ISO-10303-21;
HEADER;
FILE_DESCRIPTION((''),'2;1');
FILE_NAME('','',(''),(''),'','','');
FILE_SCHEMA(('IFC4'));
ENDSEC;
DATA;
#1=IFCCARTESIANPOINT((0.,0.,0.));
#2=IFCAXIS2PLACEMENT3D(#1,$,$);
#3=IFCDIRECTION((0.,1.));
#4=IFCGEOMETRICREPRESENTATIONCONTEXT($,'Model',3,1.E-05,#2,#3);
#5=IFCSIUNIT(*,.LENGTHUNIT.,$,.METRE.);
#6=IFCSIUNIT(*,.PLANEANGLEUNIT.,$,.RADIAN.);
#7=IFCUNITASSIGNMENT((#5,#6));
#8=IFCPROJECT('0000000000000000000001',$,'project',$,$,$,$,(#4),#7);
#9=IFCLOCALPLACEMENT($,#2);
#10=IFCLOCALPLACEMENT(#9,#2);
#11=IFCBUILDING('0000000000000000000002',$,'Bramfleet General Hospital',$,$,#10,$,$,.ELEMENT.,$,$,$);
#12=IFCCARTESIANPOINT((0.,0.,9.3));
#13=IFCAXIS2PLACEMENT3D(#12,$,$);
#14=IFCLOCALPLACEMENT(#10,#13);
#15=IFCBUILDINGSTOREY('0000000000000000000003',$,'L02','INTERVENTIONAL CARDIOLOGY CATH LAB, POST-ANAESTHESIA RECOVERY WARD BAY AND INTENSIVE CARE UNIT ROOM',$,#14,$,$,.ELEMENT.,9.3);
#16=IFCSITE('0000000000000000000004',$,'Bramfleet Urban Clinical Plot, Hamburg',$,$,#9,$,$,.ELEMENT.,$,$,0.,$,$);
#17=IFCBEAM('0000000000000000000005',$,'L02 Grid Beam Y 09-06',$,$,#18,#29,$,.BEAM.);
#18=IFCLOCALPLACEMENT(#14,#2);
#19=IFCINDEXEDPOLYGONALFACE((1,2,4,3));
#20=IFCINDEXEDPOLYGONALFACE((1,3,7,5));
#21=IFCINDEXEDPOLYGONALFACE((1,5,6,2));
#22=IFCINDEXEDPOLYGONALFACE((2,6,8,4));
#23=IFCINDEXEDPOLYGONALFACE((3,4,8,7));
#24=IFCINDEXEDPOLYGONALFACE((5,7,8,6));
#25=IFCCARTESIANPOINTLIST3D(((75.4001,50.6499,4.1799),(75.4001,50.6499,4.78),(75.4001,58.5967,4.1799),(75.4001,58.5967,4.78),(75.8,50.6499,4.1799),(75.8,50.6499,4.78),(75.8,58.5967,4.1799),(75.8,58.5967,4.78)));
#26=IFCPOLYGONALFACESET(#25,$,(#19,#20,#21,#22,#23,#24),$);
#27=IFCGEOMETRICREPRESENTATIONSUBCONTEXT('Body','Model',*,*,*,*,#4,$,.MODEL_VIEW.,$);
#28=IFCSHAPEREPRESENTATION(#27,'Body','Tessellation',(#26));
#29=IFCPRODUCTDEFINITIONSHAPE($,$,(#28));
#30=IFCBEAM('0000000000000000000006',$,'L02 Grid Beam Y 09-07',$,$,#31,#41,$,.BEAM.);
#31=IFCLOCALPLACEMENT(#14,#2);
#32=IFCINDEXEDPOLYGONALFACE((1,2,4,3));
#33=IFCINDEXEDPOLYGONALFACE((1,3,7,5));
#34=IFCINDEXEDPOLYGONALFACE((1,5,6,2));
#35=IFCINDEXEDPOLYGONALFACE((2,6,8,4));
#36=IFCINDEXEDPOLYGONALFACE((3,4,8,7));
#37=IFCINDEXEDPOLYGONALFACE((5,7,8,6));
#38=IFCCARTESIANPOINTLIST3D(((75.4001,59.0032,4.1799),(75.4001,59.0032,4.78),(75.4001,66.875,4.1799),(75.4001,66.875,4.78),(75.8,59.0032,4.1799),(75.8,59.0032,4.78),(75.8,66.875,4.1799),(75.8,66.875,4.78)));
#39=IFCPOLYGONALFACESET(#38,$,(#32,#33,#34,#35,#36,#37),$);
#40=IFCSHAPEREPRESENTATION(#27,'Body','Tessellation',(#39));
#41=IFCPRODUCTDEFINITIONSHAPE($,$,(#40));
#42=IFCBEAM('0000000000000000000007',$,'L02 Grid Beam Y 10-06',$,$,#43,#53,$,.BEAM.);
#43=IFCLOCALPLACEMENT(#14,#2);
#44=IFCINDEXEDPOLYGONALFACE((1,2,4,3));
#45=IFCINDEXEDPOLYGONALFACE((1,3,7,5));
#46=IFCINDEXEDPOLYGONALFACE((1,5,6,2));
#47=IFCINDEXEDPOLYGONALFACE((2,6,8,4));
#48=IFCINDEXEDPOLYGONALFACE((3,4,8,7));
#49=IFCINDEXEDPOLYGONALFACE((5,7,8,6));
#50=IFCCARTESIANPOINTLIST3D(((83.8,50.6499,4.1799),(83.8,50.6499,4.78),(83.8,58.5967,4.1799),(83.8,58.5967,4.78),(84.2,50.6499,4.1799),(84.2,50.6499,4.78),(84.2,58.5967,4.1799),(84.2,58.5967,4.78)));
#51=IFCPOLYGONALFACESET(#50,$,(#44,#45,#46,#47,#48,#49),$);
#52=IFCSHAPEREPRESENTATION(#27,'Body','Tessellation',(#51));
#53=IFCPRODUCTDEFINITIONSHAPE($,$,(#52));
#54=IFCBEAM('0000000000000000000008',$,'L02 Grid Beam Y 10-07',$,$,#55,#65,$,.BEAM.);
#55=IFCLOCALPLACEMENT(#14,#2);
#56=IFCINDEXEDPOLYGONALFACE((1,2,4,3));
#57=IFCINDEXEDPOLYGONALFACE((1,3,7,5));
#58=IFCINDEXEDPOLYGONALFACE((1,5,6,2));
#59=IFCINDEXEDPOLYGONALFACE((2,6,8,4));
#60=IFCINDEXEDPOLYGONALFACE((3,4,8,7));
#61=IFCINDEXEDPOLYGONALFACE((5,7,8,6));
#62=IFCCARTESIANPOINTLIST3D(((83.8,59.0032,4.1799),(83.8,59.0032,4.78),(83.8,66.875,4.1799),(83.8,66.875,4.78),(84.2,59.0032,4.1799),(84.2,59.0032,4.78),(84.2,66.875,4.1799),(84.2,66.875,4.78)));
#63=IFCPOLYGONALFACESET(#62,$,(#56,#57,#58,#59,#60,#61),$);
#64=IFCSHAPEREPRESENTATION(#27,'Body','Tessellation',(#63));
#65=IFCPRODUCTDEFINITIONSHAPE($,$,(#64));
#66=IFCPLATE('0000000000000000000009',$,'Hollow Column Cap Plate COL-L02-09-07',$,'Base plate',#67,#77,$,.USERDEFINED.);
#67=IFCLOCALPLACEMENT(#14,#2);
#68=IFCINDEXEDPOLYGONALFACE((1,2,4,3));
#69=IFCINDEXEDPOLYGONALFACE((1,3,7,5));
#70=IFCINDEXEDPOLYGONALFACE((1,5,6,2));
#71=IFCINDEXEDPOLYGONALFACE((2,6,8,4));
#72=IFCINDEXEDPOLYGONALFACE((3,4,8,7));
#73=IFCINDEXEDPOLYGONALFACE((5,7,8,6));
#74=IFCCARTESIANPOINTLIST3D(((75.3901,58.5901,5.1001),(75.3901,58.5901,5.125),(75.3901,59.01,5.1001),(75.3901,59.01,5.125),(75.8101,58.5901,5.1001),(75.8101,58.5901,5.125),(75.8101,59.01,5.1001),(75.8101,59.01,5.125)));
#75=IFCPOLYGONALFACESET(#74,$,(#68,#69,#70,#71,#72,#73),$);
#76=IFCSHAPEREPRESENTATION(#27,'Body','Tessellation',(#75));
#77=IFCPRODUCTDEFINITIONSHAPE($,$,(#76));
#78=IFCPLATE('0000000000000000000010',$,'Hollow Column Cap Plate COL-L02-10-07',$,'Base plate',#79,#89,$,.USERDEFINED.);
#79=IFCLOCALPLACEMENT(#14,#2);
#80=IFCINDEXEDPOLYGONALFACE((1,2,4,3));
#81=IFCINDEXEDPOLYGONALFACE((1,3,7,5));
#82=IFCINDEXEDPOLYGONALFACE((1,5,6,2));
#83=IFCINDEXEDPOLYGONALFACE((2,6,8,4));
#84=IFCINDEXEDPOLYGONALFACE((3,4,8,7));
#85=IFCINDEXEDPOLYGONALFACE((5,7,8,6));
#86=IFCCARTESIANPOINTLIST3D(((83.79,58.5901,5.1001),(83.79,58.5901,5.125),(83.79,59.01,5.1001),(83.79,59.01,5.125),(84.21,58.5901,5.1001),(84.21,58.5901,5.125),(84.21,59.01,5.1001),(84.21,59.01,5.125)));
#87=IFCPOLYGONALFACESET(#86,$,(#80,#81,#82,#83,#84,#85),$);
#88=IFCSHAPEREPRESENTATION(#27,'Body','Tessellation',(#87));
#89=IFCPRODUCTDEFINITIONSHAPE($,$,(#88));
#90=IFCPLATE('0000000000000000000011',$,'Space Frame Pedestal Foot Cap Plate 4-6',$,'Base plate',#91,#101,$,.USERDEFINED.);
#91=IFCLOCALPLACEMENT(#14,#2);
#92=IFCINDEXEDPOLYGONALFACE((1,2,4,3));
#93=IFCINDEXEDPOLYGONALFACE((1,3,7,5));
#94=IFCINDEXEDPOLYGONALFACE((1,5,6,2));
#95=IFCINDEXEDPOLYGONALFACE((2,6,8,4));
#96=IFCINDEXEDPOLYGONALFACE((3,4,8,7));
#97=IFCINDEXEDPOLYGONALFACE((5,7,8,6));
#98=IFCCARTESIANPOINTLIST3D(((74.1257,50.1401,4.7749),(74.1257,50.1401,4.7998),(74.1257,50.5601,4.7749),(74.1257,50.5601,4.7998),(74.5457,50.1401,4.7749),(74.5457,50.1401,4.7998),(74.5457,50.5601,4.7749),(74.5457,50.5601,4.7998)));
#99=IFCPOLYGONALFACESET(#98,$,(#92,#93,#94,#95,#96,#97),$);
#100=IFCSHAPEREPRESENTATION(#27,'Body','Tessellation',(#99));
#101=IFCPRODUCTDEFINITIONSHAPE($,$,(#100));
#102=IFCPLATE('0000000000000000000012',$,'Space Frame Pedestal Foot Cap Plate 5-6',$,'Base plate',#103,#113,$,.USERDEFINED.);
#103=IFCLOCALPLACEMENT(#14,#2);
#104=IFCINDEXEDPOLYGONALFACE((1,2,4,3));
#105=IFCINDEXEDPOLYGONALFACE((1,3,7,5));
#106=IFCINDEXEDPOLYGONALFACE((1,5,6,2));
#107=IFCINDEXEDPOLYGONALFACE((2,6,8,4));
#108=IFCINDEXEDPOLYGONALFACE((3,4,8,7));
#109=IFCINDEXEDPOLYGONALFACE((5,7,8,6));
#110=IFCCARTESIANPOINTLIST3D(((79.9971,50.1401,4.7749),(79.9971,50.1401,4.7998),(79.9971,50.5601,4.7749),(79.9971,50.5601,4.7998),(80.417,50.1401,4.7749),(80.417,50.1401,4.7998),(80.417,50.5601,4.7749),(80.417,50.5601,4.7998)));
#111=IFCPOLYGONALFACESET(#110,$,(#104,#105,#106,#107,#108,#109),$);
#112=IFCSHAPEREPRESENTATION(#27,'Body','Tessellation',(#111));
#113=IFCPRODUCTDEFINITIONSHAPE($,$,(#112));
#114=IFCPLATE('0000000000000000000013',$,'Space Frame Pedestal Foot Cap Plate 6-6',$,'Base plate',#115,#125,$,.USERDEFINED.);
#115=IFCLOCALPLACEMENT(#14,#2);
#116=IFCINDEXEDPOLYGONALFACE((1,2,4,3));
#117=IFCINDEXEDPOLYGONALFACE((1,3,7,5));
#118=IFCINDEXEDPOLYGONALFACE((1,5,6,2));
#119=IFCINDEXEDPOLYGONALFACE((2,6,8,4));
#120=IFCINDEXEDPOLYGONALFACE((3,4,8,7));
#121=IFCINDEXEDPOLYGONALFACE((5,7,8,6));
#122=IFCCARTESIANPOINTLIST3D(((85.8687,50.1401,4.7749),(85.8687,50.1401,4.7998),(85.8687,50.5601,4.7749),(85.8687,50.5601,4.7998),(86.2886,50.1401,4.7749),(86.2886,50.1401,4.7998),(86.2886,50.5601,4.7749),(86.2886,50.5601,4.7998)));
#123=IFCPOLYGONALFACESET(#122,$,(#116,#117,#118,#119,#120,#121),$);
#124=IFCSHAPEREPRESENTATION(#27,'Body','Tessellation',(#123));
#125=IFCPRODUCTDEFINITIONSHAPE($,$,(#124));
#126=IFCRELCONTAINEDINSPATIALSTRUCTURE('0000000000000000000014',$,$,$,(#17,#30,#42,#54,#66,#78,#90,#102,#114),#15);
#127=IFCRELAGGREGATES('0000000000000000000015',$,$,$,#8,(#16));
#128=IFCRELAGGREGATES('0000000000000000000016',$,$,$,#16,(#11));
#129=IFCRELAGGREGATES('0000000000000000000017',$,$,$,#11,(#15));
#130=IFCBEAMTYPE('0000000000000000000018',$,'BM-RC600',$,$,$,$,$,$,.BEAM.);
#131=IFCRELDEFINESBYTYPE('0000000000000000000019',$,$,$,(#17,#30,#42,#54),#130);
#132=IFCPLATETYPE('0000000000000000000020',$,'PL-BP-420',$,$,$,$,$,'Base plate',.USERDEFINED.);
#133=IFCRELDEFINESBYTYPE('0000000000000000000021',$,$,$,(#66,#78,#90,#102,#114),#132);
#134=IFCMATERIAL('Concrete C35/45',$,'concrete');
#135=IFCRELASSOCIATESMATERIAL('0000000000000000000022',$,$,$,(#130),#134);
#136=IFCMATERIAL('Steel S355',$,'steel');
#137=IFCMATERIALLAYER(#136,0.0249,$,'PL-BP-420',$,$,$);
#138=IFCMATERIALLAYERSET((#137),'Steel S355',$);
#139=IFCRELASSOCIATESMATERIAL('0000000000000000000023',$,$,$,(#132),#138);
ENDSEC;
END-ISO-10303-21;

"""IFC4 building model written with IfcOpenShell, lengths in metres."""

from ifc_helpers import new_model, si_unit, direction, frame, origin, origin_2d, place, context, subcontext, project, spatial, rectangle, extrude, material, layer, layer_set, material_profile, profile_set, type_object, element, save


model = new_model("IFC4")

# Units and contexts
model_context = context("Model", 3, precision=1e-05, world=origin(), true_north=direction((0.0, 1.0)))
body_context = subcontext(model_context, "Body", "Model", "MODEL_VIEW")
ifc_project = project(units=[si_unit("LENGTHUNIT", "METRE"), si_unit("PLANEANGLEUNIT", "RADIAN")], contexts=[model_context])

# Site, building, storey
site_placement = place(None, origin())
site = spatial("IfcSite", under=ifc_project, at=site_placement, Name="Bramfleet Urban Clinical Plot, Hamburg", CompositionType="ELEMENT", RefElevation=0.0)
building_placement = place(site_placement, origin())
building = spatial("IfcBuilding", under=site, at=building_placement, Name="Bramfleet General Hospital", CompositionType="ELEMENT")
storey_placement = place(building_placement, frame((0.0, 0.0, 9.3)))
storey = spatial("IfcBuildingStorey", under=building, at=storey_placement, Name="L02", Description="INTERVENTIONAL CARDIOLOGY CATH LAB, POST-ANAESTHESIA RECOVERY WARD BAY AND INTENSIVE CARE UNIT ROOM", CompositionType="ELEMENT", Elevation=9.3)

# Shared definitions
ifc_material_1 = material(Name="Steel S355", Category="steel")

# Beams
ifc_material_2 = material(Name="Concrete C35/45", Category="concrete")
ifc_material_profile_1 = material_profile(ifc_material_2, rectangle(XDim=0.3999, YDim=0.6001, at=origin_2d()), Name="RC BM 600x400")
ifc_profile_set_1 = profile_set([ifc_material_profile_1], Name="Concrete C35/45")
beam_type = type_object("IfcBeamType", Name="BM-RC600", PredefinedType="BEAM", material=ifc_profile_set_1)
beam_1_placement = place(storey_placement, frame((75.6001, 50.6499, 4.48), z_axis=(0.0, 1.0, 0.0), x_axis=(-1.0, 0.0, 0.0)))
element("IfcBeam", 1, at=beam_1_placement, inside=storey, type_object=beam_type, Name="L02 Grid Beam Y 09-06", PredefinedType="BEAM", context=body_context, shape_type="SweptSolid", body=[
    extrude(rectangle(XDim=0.3999, YDim=0.6001, at=origin_2d()), origin(), (0.0, 0.0, 1.0), 7.9468),
])
beam_2_placement = place(storey_placement, frame((75.6001, 59.0032, 4.48), z_axis=(0.0, 1.0, 0.0), x_axis=(-1.0, 0.0, 0.0)))
element("IfcBeam", 2, at=beam_2_placement, inside=storey, type_object=beam_type, Name="L02 Grid Beam Y 09-07", PredefinedType="BEAM", context=body_context, shape_type="SweptSolid", body=[
    extrude(rectangle(XDim=0.3999, YDim=0.6001, at=origin_2d()), origin(), (0.0, 0.0, 1.0), 7.8718),
])
beam_3_placement = place(storey_placement, frame((84.0, 50.6499, 4.48), z_axis=(0.0, 1.0, 0.0), x_axis=(-1.0, 0.0, 0.0)))
element("IfcBeam", 3, at=beam_3_placement, inside=storey, type_object=beam_type, Name="L02 Grid Beam Y 10-06", PredefinedType="BEAM", context=body_context, shape_type="SweptSolid", body=[
    extrude(rectangle(XDim=0.3999, YDim=0.6001, at=origin_2d()), origin(), (0.0, 0.0, 1.0), 7.9468),
])
beam_4_placement = place(storey_placement, frame((84.0, 59.0032, 4.48), z_axis=(0.0, 1.0, 0.0), x_axis=(-1.0, 0.0, 0.0)))
element("IfcBeam", 4, at=beam_4_placement, inside=storey, type_object=beam_type, Name="L02 Grid Beam Y 10-07", PredefinedType="BEAM", context=body_context, shape_type="SweptSolid", body=[
    extrude(rectangle(XDim=0.3999, YDim=0.6001, at=origin_2d()), origin(), (0.0, 0.0, 1.0), 7.8718),
])

# Plates
ifc_layer = layer(ifc_material_1, 0.0249, Name="PL-BP-420")
ifc_layer_set = layer_set([ifc_layer], Name="Steel S355")
plate_type = type_object("IfcPlateType", Name="PL-BP-420", ElementType="Base plate", PredefinedType="USERDEFINED", material=ifc_layer_set)
for number, where, z_axis, x_axis, name in (
    (5, (75.6001, 58.8, 5.1001), (0.0, 0.0, 1.0), (1.0, 0.0, 0.0), "Hollow Column Cap Plate COL-L02-09-07"),
    (6, (84.0, 58.8, 5.1001), (0.0, 0.0, 1.0), (1.0, 0.0, 0.0), "Hollow Column Cap Plate COL-L02-10-07"),
    (7, (74.3357, 50.3501, 4.7749), (0.0, 0.0, 1.0), (1.0, 0.0, 0.0), "Space Frame Pedestal Foot Cap Plate 4-6"),
    (8, (80.207, 50.3501, 4.7749), (0.0, 0.0, 1.0), (1.0, 0.0, 0.0), "Space Frame Pedestal Foot Cap Plate 5-6"),
    (9, (86.0786, 50.3501, 4.7749), (0.0, 0.0, 1.0), (1.0, 0.0, 0.0), "Space Frame Pedestal Foot Cap Plate 6-6"),
):
    element("IfcPlate", number, at=place(storey_placement, frame(where, z_axis=z_axis, x_axis=x_axis)), inside=storey, type_object=plate_type, Name=name, ObjectType="Base plate", PredefinedType="USERDEFINED", context=body_context, shape_type="SweptSolid", body=[
        extrude(rectangle(XDim=0.4199, YDim=0.4199, at=origin_2d()), origin(), (0.0, 0.0, 1.0), 0.0249),
    ])

save(model, "model.ifc")
